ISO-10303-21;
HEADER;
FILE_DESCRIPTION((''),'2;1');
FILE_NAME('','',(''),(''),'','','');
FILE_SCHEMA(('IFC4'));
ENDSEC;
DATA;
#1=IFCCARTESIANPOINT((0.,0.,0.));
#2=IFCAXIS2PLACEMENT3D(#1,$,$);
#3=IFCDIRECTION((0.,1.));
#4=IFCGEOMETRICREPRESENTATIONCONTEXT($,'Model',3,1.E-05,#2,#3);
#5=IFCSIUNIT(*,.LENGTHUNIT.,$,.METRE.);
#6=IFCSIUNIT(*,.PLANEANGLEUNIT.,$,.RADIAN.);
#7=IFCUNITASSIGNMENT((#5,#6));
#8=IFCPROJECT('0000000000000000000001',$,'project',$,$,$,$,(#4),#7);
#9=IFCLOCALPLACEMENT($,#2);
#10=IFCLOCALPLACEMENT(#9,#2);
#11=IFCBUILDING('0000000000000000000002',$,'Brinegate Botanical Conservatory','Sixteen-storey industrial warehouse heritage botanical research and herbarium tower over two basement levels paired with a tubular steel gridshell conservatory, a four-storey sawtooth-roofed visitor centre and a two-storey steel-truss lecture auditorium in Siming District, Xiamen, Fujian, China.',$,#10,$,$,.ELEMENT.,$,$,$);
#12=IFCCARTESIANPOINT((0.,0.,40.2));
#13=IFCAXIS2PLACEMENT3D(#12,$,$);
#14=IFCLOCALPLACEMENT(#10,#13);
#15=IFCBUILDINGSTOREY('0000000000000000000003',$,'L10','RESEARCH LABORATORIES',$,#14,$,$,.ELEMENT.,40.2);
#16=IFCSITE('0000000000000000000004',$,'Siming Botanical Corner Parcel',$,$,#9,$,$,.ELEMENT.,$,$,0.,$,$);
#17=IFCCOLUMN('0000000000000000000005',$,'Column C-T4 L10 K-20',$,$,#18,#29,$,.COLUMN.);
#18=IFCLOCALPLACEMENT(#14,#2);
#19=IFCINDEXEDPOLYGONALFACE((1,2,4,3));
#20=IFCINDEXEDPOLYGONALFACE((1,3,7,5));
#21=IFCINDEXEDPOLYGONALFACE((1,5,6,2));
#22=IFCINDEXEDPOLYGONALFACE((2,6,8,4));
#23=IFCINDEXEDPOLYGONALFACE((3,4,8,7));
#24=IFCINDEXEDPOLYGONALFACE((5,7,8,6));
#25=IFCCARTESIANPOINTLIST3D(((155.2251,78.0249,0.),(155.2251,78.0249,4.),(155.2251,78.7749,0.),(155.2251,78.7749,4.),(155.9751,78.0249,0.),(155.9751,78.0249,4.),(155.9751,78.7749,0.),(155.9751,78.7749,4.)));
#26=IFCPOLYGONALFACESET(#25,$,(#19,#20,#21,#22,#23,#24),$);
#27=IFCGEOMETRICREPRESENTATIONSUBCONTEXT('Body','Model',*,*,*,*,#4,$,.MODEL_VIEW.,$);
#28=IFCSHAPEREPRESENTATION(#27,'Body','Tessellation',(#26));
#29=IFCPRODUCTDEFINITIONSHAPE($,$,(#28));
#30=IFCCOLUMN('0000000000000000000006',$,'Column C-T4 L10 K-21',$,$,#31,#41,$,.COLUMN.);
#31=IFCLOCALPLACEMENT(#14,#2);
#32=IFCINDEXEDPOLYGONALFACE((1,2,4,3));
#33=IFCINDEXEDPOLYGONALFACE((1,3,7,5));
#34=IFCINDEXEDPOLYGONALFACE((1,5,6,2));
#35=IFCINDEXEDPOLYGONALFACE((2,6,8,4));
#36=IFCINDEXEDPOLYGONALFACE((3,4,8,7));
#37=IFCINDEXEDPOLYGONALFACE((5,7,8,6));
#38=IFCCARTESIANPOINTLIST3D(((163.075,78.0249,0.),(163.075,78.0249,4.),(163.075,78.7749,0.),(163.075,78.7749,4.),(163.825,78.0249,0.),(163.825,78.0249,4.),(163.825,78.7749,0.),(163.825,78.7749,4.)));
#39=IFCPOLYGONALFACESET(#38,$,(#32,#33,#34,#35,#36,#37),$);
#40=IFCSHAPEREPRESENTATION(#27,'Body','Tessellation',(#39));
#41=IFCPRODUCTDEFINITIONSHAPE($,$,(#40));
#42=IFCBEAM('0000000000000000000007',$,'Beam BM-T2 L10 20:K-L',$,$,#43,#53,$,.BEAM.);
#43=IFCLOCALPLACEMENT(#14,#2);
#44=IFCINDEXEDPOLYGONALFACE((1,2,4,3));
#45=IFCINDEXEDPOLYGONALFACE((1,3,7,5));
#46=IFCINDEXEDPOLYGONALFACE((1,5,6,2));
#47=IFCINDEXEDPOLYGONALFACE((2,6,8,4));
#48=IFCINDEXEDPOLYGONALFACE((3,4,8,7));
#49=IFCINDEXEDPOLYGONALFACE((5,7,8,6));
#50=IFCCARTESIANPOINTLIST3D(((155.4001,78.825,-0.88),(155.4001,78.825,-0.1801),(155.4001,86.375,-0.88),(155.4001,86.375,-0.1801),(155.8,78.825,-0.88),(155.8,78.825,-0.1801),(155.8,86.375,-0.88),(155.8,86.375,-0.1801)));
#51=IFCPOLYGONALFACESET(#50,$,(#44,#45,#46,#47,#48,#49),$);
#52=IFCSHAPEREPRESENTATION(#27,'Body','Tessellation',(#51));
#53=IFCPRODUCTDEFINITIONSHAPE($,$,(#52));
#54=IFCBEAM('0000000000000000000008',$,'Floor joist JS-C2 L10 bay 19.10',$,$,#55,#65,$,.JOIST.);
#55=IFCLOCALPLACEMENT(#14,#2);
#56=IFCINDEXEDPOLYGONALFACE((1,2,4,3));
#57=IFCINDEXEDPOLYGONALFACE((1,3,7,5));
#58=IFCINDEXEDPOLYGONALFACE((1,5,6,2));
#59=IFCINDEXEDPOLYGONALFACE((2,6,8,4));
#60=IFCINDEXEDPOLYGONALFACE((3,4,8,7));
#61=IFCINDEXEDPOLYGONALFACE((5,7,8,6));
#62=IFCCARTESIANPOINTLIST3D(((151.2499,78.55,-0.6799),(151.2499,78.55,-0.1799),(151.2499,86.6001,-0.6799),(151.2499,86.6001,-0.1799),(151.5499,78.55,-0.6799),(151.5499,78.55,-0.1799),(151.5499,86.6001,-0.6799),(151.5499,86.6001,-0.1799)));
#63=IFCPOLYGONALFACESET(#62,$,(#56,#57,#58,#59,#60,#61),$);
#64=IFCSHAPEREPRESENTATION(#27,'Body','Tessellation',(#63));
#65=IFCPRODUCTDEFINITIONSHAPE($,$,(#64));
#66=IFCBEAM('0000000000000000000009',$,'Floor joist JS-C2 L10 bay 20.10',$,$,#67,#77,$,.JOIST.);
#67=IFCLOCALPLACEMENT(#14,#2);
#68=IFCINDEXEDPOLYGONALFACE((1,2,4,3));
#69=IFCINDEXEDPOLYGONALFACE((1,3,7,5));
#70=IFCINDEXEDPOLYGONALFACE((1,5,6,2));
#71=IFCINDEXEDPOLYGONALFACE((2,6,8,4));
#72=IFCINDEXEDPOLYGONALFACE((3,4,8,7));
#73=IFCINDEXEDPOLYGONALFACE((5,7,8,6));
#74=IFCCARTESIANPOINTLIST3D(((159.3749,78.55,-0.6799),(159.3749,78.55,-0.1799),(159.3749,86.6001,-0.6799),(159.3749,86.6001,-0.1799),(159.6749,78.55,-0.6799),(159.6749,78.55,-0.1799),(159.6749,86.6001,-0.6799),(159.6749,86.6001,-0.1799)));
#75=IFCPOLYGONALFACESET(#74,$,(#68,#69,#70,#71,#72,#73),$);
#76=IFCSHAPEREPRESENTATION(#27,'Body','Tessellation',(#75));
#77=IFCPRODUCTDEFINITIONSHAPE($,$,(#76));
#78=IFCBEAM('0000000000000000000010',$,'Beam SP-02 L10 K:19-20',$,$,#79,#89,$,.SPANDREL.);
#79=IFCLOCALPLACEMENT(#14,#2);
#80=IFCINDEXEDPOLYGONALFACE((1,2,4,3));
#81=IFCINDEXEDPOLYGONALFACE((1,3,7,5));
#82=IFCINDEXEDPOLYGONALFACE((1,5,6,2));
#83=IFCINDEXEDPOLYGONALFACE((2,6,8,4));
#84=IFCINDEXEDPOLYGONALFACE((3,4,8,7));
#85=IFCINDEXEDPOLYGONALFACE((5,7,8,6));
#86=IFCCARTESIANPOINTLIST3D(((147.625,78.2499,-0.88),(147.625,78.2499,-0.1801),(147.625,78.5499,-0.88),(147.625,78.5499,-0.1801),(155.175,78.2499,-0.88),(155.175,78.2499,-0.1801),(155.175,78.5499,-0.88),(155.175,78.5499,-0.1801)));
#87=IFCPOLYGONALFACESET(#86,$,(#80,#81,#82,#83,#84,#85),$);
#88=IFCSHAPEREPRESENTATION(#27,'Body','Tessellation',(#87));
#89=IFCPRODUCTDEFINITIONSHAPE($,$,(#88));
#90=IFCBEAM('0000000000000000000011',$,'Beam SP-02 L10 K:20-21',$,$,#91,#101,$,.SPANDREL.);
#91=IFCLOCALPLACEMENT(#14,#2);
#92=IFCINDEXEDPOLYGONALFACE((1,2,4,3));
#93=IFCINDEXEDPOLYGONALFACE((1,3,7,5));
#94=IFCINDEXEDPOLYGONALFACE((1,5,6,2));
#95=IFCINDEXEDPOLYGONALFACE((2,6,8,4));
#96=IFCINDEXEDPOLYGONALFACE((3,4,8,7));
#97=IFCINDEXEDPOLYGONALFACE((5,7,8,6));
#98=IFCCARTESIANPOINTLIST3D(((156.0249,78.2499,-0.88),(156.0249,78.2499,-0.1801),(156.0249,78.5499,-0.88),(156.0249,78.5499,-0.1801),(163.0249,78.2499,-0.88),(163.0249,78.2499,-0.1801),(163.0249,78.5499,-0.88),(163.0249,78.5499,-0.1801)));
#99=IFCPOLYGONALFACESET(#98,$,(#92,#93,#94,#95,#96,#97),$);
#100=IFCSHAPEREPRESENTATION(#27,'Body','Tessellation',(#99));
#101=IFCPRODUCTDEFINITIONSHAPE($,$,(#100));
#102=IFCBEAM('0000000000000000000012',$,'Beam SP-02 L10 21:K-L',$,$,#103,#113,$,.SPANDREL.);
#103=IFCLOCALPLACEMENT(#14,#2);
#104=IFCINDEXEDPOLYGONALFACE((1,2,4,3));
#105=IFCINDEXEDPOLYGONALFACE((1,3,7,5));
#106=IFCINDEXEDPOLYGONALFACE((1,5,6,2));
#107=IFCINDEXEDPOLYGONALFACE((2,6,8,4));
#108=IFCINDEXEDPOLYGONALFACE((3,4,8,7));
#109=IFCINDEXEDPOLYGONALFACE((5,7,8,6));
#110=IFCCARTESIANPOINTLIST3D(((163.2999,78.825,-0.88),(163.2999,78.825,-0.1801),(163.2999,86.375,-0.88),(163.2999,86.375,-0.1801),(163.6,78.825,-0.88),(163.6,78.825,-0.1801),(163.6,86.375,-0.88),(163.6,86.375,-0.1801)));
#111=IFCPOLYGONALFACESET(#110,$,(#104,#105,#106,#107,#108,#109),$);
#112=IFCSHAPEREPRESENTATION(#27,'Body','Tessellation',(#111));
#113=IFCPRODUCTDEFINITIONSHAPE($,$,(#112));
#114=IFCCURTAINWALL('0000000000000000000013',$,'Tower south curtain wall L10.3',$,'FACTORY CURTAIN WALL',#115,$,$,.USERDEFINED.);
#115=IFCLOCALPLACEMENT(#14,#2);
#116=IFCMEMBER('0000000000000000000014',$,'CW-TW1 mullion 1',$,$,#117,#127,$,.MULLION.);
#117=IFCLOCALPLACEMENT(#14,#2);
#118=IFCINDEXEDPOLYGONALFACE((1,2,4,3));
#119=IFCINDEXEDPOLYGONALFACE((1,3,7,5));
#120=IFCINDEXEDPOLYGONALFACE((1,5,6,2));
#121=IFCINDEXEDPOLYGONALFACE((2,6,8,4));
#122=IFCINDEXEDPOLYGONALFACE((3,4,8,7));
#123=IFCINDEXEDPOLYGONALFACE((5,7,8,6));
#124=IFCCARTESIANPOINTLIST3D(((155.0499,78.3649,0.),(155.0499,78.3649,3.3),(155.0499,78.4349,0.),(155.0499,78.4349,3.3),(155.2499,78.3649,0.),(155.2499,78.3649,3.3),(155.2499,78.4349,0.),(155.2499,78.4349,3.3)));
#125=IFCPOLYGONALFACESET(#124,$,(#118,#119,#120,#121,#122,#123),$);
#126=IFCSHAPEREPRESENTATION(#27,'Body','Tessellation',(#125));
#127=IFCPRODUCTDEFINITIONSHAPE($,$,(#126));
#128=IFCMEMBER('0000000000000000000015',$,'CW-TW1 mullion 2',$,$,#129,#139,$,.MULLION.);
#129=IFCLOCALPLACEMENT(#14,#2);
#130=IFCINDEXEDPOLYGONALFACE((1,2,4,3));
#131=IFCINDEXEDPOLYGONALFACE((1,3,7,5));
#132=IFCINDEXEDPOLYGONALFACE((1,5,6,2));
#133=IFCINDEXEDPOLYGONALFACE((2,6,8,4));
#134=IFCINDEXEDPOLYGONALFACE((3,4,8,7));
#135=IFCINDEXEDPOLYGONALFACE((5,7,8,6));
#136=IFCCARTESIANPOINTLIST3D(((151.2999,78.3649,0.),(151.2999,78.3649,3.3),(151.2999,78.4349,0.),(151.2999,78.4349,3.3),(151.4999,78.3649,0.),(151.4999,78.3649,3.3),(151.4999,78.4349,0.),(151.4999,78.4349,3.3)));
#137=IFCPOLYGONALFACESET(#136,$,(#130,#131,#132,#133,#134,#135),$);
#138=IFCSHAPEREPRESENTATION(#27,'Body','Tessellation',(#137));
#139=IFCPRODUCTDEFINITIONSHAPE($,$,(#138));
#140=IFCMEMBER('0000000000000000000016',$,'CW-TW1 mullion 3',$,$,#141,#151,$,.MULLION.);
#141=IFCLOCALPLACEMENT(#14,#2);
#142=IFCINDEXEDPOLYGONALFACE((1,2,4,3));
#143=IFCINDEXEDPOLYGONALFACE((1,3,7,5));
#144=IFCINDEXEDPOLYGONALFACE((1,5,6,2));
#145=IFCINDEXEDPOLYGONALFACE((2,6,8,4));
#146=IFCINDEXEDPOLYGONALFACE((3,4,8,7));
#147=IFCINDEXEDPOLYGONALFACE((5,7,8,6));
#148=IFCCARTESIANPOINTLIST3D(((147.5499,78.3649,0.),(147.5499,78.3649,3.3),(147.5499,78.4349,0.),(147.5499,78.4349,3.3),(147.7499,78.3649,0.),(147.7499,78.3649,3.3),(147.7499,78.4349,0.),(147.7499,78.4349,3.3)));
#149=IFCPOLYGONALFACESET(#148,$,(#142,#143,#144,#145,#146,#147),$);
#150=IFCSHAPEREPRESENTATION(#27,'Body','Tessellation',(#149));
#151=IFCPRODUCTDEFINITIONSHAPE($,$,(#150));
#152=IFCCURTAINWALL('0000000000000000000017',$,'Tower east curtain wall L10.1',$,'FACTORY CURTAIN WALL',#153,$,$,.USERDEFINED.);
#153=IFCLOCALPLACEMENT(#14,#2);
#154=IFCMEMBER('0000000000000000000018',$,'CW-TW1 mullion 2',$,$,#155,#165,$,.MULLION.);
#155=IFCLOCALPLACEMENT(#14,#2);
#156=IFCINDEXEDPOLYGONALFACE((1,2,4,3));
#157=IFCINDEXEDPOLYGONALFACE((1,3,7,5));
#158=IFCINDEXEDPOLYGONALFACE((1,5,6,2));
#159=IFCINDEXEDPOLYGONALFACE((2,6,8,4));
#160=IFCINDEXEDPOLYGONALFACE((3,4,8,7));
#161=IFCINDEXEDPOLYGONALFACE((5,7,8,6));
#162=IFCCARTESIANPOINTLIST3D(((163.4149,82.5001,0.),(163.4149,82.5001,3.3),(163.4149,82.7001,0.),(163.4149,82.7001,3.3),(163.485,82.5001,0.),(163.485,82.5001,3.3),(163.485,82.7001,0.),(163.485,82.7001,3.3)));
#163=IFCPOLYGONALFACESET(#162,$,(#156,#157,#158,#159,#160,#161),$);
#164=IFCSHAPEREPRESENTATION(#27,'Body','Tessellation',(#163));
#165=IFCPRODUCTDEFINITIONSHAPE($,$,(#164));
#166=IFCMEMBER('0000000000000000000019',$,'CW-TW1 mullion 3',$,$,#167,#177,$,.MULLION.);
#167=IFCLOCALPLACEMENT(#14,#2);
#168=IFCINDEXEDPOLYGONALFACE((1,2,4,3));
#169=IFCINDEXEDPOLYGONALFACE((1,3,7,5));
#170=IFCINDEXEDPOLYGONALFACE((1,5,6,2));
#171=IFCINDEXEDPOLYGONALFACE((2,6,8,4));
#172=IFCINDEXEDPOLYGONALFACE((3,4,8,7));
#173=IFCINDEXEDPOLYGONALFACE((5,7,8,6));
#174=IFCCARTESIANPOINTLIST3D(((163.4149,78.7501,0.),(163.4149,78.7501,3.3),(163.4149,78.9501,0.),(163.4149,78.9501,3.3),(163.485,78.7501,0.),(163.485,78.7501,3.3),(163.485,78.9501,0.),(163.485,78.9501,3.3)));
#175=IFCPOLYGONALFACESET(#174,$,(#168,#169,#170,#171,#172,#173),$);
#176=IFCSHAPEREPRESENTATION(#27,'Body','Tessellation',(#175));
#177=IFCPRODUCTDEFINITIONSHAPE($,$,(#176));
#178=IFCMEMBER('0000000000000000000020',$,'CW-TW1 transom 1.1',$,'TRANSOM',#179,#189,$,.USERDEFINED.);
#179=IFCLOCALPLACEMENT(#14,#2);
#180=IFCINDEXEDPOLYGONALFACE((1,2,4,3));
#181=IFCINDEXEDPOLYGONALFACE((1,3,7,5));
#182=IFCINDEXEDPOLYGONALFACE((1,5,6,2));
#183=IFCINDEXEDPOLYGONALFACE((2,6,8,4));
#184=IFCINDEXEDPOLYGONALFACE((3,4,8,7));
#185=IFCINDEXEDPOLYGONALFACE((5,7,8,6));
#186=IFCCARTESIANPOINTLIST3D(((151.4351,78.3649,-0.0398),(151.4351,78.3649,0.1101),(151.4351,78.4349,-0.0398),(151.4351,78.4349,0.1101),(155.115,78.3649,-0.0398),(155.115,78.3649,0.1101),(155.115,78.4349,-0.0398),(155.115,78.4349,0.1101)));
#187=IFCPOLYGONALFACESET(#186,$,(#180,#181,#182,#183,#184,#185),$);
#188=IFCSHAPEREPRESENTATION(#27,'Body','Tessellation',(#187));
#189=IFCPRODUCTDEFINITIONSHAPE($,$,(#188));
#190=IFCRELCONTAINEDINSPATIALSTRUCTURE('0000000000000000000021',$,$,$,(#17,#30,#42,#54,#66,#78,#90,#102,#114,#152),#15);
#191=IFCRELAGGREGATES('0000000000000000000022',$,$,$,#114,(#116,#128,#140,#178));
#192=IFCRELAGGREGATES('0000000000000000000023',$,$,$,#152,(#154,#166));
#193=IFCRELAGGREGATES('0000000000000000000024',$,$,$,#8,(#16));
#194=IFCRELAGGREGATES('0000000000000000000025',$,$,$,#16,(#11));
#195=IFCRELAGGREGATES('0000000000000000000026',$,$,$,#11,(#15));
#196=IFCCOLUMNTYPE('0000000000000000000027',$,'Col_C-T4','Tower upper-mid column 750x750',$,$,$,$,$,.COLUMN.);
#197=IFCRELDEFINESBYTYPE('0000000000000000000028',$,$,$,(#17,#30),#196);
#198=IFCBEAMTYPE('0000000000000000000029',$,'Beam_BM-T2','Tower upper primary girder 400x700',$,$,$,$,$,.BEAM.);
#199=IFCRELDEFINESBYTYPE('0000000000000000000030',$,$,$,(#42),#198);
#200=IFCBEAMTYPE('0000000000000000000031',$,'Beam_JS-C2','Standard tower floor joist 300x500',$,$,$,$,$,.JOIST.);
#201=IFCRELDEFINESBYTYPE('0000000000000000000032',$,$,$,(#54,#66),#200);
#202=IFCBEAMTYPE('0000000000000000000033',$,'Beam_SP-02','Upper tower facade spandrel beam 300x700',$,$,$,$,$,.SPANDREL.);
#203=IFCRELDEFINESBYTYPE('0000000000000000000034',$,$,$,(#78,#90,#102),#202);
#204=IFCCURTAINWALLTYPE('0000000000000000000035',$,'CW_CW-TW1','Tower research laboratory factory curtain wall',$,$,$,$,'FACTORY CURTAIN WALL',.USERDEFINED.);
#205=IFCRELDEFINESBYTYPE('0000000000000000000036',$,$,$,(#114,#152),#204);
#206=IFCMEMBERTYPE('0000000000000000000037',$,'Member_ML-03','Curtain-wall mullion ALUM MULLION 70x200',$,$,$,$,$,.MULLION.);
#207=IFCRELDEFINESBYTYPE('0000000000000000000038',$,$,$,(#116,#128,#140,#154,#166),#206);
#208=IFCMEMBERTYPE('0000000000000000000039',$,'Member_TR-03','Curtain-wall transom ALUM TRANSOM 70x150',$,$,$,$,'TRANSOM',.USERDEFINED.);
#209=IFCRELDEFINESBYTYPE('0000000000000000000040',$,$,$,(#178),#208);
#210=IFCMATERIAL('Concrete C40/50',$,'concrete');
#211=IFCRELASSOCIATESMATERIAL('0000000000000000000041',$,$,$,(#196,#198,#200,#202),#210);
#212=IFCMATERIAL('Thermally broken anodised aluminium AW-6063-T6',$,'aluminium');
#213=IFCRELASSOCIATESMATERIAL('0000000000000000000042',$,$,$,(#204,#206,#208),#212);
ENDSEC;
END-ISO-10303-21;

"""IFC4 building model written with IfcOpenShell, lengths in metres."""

from ifc_helpers import new_model, si_unit, direction, frame, origin, origin_2d, place, context, subcontext, project, spatial, rectangle, extrude, material, material_profile, profile_set, type_object, element, aggregate, save


model = new_model("IFC4")

# Units and contexts
model_context = context("Model", 3, precision=1e-05, world=origin(), true_north=direction((0.0, 1.0)))
body_context = subcontext(model_context, "Body", "Model", "MODEL_VIEW")
ifc_project = project(units=[si_unit("LENGTHUNIT", "METRE"), si_unit("PLANEANGLEUNIT", "RADIAN")], contexts=[model_context])

# Site, building, storey
site_placement = place(None, origin())
site = spatial("IfcSite", under=ifc_project, at=site_placement, Name="Siming Botanical Corner Parcel", CompositionType="ELEMENT", RefElevation=0.0)
building_placement = place(site_placement, origin())
building = spatial("IfcBuilding", under=site, at=building_placement, Name="Brinegate Botanical Conservatory", Description="Sixteen-storey industrial warehouse heritage botanical research and herbarium tower over two basement levels paired with a tubular steel gridshell conservatory, a four-storey sawtooth-roofed visitor centre and a two-storey steel-truss lecture auditorium in Siming District, Xiamen, Fujian, China.", CompositionType="ELEMENT")
storey_placement = place(building_placement, frame((0.0, 0.0, 40.2)))
storey = spatial("IfcBuildingStorey", under=building, at=storey_placement, Name="L10", Description="RESEARCH LABORATORIES", CompositionType="ELEMENT", Elevation=40.2)

# Columns
ifc_material_1 = material(Name="Concrete C40/50", Category="concrete")
ifc_material_profile_1 = material_profile(ifc_material_1, rectangle(XDim=0.75, YDim=0.75, at=origin_2d()), Name="RC COL 750x750")
ifc_profile_set_1 = profile_set([ifc_material_profile_1], Name="Concrete C40/50")
column_type = type_object("IfcColumnType", Name="Col_C-T4", Description="Tower upper-mid column 750x750", PredefinedType="COLUMN", material=ifc_profile_set_1)
for number, where, z_axis, x_axis, name in (
    (1, (155.6001, 78.3999, 0.0), (0.0, 0.0, 1.0), (1.0, 0.0, 0.0), "Column C-T4 L10 K-20"),
    (2, (163.45, 78.3999, 0.0), (0.0, 0.0, 1.0), (1.0, 0.0, 0.0), "Column C-T4 L10 K-21"),
):
    element("IfcColumn", number, at=place(storey_placement, frame(where, z_axis=z_axis, x_axis=x_axis)), inside=storey, type_object=column_type, Name=name, PredefinedType="COLUMN", context=body_context, shape_type="SweptSolid", body=[
        extrude(rectangle(XDim=0.75, YDim=0.75, at=origin_2d()), origin(), (0.0, 0.0, 1.0), 4.0),
    ])

# Beams
ifc_material_profile_2 = material_profile(ifc_material_1, rectangle(XDim=0.3999, YDim=0.7, at=origin_2d()), Name="RC BM 400x700")
ifc_profile_set_2 = profile_set([ifc_material_profile_2], Name="Concrete C40/50")
beam_type_1 = type_object("IfcBeamType", Name="Beam_BM-T2", Description="Tower upper primary girder 400x700", PredefinedType="BEAM", material=ifc_profile_set_2)
beam_1_placement = place(storey_placement, frame((155.6001, 78.825, -0.53), z_axis=(0.0, 1.0, 0.0), x_axis=(-1.0, 0.0, 0.0)))
element("IfcBeam", 3, at=beam_1_placement, inside=storey, type_object=beam_type_1, Name="Beam BM-T2 L10 20:K-L", PredefinedType="BEAM", context=body_context, shape_type="SweptSolid", body=[
    extrude(rectangle(XDim=0.3999, YDim=0.7, at=origin_2d()), origin(), (0.0, 0.0, 1.0), 7.55),
])
ifc_material_profile_3 = material_profile(ifc_material_1, rectangle(XDim=0.3, YDim=0.5, at=origin_2d()), Name="RC JST 300x500")
ifc_profile_set_3 = profile_set([ifc_material_profile_3], Name="Concrete C40/50")
beam_type_2 = type_object("IfcBeamType", Name="Beam_JS-C2", Description="Standard tower floor joist 300x500", PredefinedType="JOIST", material=ifc_profile_set_3)
for number, where, z_axis, x_axis, name in (
    (4, (151.3999, 78.55, -0.4299), (0.0, 1.0, 0.0), (-1.0, 0.0, 0.0), "Floor joist JS-C2 L10 bay 19.10"),
    (5, (159.5249, 78.55, -0.4299), (0.0, 1.0, 0.0), (-1.0, 0.0, 0.0), "Floor joist JS-C2 L10 bay 20.10"),
):
    element("IfcBeam", number, at=place(storey_placement, frame(where, z_axis=z_axis, x_axis=x_axis)), inside=storey, type_object=beam_type_2, Name=name, PredefinedType="JOIST", context=body_context, shape_type="SweptSolid", body=[
        extrude(rectangle(XDim=0.3, YDim=0.5, at=origin_2d()), origin(), (0.0, 0.0, 1.0), 8.05),
    ])
ifc_material_profile_4 = material_profile(ifc_material_1, rectangle(XDim=0.3, YDim=0.7, at=origin_2d()), Name="RC SPN 300x700")
ifc_profile_set_4 = profile_set([ifc_material_profile_4], Name="Concrete C40/50")
beam_type_3 = type_object("IfcBeamType", Name="Beam_SP-02", Description="Upper tower facade spandrel beam 300x700", PredefinedType="SPANDREL", material=ifc_profile_set_4)
beam_2_placement = place(storey_placement, frame((147.625, 78.3999, -0.53), z_axis=(1.0, 0.0, 0.0), x_axis=(0.0, 1.0, 0.0)))
element("IfcBeam", 6, at=beam_2_placement, inside=storey, type_object=beam_type_3, Name="Beam SP-02 L10 K:19-20", PredefinedType="SPANDREL", context=body_context, shape_type="SweptSolid", body=[
    extrude(rectangle(XDim=0.3, YDim=0.7, at=origin_2d()), origin(), (0.0, 0.0, 1.0), 7.55),
])
beam_3_placement = place(storey_placement, frame((156.0249, 78.3999, -0.53), z_axis=(1.0, 0.0, 0.0), x_axis=(0.0, 1.0, 0.0)))
element("IfcBeam", 7, at=beam_3_placement, inside=storey, type_object=beam_type_3, Name="Beam SP-02 L10 K:20-21", PredefinedType="SPANDREL", context=body_context, shape_type="SweptSolid", body=[
    extrude(rectangle(XDim=0.3, YDim=0.7, at=origin_2d()), origin(), (0.0, 0.0, 1.0), 7.0),
])
beam_4_placement = place(storey_placement, frame((163.45, 78.825, -0.53), z_axis=(0.0, 1.0, 0.0), x_axis=(-1.0, 0.0, 0.0)))
element("IfcBeam", 8, at=beam_4_placement, inside=storey, type_object=beam_type_3, Name="Beam SP-02 L10 21:K-L", PredefinedType="SPANDREL", context=body_context, shape_type="SweptSolid", body=[
    extrude(rectangle(XDim=0.3, YDim=0.7, at=origin_2d()), origin(), (0.0, 0.0, 1.0), 7.55),
])

# Curtain walls, members
ifc_material_2 = material(Name="Thermally broken anodised aluminium AW-6063-T6", Category="aluminium")
curtain_wall_type = type_object("IfcCurtainWallType", Name="CW_CW-TW1", Description="Tower research laboratory factory curtain wall", ElementType="FACTORY CURTAIN WALL", PredefinedType="USERDEFINED", material=ifc_material_2)
curtain_wall_1_placement = place(storey_placement, origin())
curtain_wall_1 = element("IfcCurtainWall", 9, at=curtain_wall_1_placement, inside=storey, type_object=curtain_wall_type, Name="Tower south curtain wall L10.3", ObjectType="FACTORY CURTAIN WALL", PredefinedType="USERDEFINED")
ifc_material_profile_5 = material_profile(ifc_material_2, rectangle(XDim=0.0701, YDim=0.2, at=origin_2d()), Name="ALUM MULLION 70x200")
ifc_profile_set_5 = profile_set([ifc_material_profile_5], Name="Thermally broken anodised aluminium AW-6063-T6")
member_type_1 = type_object("IfcMemberType", Name="Member_ML-03", Description="Curtain-wall mullion ALUM MULLION 70x200", PredefinedType="MULLION", material=ifc_profile_set_5)
member_1_placement = place(storey_placement, frame((155.1499, 78.3999, 0.0), z_axis=(0.0, 0.0, 1.0), x_axis=(0.0, -1.0, 0.0)))
member_1 = element("IfcMember", 10, at=member_1_placement, type_object=member_type_1, Name="CW-TW1 mullion 1", PredefinedType="MULLION", context=body_context, shape_type="SweptSolid", body=[
    extrude(rectangle(XDim=0.0701, YDim=0.2, at=origin_2d()), origin(), (0.0, 0.0, 1.0), 3.3),
])
member_2_placement = place(storey_placement, frame((151.3999, 78.3999, 0.0), z_axis=(0.0, 0.0, 1.0), x_axis=(0.0, -1.0, 0.0)))
member_2 = element("IfcMember", 11, at=member_2_placement, type_object=member_type_1, Name="CW-TW1 mullion 2", PredefinedType="MULLION", context=body_context, shape_type="SweptSolid", body=[
    extrude(rectangle(XDim=0.0701, YDim=0.2, at=origin_2d()), origin(), (0.0, 0.0, 1.0), 3.3),
])
member_3_placement = place(storey_placement, frame((147.6499, 78.3999, 0.0), z_axis=(0.0, 0.0, 1.0), x_axis=(0.0, -1.0, 0.0)))
member_3 = element("IfcMember", 12, at=member_3_placement, type_object=member_type_1, Name="CW-TW1 mullion 3", PredefinedType="MULLION", context=body_context, shape_type="SweptSolid", body=[
    extrude(rectangle(XDim=0.0701, YDim=0.2, at=origin_2d()), origin(), (0.0, 0.0, 1.0), 3.3),
])
curtain_wall_2_placement = place(storey_placement, origin())
curtain_wall_2 = element("IfcCurtainWall", 13, at=curtain_wall_2_placement, inside=storey, type_object=curtain_wall_type, Name="Tower east curtain wall L10.1", ObjectType="FACTORY CURTAIN WALL", PredefinedType="USERDEFINED")
member_4_placement = place(storey_placement, frame((163.45, 82.6001, 0.0), z_axis=(0.0, 0.0, 1.0), x_axis=(1.0, 0.0, 0.0)))
member_4 = element("IfcMember", 14, at=member_4_placement, type_object=member_type_1, Name="CW-TW1 mullion 2", PredefinedType="MULLION", context=body_context, shape_type="SweptSolid", body=[
    extrude(rectangle(XDim=0.0701, YDim=0.2, at=origin_2d()), origin(), (0.0, 0.0, 1.0), 3.3),
])
member_5_placement = place(storey_placement, frame((163.45, 78.8501, 0.0), z_axis=(0.0, 0.0, 1.0), x_axis=(1.0, 0.0, 0.0)))
member_5 = element("IfcMember", 15, at=member_5_placement, type_object=member_type_1, Name="CW-TW1 mullion 3", PredefinedType="MULLION", context=body_context, shape_type="SweptSolid", body=[
    extrude(rectangle(XDim=0.0701, YDim=0.2, at=origin_2d()), origin(), (0.0, 0.0, 1.0), 3.3),
])

# Member
ifc_material_profile_6 = material_profile(ifc_material_2, rectangle(XDim=0.0701, YDim=0.1499, at=origin_2d()), Name="ALUM TRANSOM 70x150")
ifc_profile_set_6 = profile_set([ifc_material_profile_6], Name="Thermally broken anodised aluminium AW-6063-T6")
member_type_2 = type_object("IfcMemberType", Name="Member_TR-03", Description="Curtain-wall transom ALUM TRANSOM 70x150", ElementType="TRANSOM", PredefinedType="USERDEFINED", material=ifc_profile_set_6)
member_6_placement = place(storey_placement, frame((155.115, 78.3999, 0.0352), z_axis=(-1.0, 0.0, 0.0), x_axis=(0.0, -1.0, 0.0)))
member_6 = element("IfcMember", 16, at=member_6_placement, type_object=member_type_2, Name="CW-TW1 transom 1.1", ObjectType="TRANSOM", PredefinedType="USERDEFINED", context=body_context, shape_type="SweptSolid", body=[
    extrude(rectangle(XDim=0.0701, YDim=0.1499, at=origin_2d()), origin(), (0.0, 0.0, 1.0), 3.6799),
])

aggregate(curtain_wall_1, [member_1, member_2, member_3, member_6])
aggregate(curtain_wall_2, [member_4, member_5])

save(model, "model.ifc")
